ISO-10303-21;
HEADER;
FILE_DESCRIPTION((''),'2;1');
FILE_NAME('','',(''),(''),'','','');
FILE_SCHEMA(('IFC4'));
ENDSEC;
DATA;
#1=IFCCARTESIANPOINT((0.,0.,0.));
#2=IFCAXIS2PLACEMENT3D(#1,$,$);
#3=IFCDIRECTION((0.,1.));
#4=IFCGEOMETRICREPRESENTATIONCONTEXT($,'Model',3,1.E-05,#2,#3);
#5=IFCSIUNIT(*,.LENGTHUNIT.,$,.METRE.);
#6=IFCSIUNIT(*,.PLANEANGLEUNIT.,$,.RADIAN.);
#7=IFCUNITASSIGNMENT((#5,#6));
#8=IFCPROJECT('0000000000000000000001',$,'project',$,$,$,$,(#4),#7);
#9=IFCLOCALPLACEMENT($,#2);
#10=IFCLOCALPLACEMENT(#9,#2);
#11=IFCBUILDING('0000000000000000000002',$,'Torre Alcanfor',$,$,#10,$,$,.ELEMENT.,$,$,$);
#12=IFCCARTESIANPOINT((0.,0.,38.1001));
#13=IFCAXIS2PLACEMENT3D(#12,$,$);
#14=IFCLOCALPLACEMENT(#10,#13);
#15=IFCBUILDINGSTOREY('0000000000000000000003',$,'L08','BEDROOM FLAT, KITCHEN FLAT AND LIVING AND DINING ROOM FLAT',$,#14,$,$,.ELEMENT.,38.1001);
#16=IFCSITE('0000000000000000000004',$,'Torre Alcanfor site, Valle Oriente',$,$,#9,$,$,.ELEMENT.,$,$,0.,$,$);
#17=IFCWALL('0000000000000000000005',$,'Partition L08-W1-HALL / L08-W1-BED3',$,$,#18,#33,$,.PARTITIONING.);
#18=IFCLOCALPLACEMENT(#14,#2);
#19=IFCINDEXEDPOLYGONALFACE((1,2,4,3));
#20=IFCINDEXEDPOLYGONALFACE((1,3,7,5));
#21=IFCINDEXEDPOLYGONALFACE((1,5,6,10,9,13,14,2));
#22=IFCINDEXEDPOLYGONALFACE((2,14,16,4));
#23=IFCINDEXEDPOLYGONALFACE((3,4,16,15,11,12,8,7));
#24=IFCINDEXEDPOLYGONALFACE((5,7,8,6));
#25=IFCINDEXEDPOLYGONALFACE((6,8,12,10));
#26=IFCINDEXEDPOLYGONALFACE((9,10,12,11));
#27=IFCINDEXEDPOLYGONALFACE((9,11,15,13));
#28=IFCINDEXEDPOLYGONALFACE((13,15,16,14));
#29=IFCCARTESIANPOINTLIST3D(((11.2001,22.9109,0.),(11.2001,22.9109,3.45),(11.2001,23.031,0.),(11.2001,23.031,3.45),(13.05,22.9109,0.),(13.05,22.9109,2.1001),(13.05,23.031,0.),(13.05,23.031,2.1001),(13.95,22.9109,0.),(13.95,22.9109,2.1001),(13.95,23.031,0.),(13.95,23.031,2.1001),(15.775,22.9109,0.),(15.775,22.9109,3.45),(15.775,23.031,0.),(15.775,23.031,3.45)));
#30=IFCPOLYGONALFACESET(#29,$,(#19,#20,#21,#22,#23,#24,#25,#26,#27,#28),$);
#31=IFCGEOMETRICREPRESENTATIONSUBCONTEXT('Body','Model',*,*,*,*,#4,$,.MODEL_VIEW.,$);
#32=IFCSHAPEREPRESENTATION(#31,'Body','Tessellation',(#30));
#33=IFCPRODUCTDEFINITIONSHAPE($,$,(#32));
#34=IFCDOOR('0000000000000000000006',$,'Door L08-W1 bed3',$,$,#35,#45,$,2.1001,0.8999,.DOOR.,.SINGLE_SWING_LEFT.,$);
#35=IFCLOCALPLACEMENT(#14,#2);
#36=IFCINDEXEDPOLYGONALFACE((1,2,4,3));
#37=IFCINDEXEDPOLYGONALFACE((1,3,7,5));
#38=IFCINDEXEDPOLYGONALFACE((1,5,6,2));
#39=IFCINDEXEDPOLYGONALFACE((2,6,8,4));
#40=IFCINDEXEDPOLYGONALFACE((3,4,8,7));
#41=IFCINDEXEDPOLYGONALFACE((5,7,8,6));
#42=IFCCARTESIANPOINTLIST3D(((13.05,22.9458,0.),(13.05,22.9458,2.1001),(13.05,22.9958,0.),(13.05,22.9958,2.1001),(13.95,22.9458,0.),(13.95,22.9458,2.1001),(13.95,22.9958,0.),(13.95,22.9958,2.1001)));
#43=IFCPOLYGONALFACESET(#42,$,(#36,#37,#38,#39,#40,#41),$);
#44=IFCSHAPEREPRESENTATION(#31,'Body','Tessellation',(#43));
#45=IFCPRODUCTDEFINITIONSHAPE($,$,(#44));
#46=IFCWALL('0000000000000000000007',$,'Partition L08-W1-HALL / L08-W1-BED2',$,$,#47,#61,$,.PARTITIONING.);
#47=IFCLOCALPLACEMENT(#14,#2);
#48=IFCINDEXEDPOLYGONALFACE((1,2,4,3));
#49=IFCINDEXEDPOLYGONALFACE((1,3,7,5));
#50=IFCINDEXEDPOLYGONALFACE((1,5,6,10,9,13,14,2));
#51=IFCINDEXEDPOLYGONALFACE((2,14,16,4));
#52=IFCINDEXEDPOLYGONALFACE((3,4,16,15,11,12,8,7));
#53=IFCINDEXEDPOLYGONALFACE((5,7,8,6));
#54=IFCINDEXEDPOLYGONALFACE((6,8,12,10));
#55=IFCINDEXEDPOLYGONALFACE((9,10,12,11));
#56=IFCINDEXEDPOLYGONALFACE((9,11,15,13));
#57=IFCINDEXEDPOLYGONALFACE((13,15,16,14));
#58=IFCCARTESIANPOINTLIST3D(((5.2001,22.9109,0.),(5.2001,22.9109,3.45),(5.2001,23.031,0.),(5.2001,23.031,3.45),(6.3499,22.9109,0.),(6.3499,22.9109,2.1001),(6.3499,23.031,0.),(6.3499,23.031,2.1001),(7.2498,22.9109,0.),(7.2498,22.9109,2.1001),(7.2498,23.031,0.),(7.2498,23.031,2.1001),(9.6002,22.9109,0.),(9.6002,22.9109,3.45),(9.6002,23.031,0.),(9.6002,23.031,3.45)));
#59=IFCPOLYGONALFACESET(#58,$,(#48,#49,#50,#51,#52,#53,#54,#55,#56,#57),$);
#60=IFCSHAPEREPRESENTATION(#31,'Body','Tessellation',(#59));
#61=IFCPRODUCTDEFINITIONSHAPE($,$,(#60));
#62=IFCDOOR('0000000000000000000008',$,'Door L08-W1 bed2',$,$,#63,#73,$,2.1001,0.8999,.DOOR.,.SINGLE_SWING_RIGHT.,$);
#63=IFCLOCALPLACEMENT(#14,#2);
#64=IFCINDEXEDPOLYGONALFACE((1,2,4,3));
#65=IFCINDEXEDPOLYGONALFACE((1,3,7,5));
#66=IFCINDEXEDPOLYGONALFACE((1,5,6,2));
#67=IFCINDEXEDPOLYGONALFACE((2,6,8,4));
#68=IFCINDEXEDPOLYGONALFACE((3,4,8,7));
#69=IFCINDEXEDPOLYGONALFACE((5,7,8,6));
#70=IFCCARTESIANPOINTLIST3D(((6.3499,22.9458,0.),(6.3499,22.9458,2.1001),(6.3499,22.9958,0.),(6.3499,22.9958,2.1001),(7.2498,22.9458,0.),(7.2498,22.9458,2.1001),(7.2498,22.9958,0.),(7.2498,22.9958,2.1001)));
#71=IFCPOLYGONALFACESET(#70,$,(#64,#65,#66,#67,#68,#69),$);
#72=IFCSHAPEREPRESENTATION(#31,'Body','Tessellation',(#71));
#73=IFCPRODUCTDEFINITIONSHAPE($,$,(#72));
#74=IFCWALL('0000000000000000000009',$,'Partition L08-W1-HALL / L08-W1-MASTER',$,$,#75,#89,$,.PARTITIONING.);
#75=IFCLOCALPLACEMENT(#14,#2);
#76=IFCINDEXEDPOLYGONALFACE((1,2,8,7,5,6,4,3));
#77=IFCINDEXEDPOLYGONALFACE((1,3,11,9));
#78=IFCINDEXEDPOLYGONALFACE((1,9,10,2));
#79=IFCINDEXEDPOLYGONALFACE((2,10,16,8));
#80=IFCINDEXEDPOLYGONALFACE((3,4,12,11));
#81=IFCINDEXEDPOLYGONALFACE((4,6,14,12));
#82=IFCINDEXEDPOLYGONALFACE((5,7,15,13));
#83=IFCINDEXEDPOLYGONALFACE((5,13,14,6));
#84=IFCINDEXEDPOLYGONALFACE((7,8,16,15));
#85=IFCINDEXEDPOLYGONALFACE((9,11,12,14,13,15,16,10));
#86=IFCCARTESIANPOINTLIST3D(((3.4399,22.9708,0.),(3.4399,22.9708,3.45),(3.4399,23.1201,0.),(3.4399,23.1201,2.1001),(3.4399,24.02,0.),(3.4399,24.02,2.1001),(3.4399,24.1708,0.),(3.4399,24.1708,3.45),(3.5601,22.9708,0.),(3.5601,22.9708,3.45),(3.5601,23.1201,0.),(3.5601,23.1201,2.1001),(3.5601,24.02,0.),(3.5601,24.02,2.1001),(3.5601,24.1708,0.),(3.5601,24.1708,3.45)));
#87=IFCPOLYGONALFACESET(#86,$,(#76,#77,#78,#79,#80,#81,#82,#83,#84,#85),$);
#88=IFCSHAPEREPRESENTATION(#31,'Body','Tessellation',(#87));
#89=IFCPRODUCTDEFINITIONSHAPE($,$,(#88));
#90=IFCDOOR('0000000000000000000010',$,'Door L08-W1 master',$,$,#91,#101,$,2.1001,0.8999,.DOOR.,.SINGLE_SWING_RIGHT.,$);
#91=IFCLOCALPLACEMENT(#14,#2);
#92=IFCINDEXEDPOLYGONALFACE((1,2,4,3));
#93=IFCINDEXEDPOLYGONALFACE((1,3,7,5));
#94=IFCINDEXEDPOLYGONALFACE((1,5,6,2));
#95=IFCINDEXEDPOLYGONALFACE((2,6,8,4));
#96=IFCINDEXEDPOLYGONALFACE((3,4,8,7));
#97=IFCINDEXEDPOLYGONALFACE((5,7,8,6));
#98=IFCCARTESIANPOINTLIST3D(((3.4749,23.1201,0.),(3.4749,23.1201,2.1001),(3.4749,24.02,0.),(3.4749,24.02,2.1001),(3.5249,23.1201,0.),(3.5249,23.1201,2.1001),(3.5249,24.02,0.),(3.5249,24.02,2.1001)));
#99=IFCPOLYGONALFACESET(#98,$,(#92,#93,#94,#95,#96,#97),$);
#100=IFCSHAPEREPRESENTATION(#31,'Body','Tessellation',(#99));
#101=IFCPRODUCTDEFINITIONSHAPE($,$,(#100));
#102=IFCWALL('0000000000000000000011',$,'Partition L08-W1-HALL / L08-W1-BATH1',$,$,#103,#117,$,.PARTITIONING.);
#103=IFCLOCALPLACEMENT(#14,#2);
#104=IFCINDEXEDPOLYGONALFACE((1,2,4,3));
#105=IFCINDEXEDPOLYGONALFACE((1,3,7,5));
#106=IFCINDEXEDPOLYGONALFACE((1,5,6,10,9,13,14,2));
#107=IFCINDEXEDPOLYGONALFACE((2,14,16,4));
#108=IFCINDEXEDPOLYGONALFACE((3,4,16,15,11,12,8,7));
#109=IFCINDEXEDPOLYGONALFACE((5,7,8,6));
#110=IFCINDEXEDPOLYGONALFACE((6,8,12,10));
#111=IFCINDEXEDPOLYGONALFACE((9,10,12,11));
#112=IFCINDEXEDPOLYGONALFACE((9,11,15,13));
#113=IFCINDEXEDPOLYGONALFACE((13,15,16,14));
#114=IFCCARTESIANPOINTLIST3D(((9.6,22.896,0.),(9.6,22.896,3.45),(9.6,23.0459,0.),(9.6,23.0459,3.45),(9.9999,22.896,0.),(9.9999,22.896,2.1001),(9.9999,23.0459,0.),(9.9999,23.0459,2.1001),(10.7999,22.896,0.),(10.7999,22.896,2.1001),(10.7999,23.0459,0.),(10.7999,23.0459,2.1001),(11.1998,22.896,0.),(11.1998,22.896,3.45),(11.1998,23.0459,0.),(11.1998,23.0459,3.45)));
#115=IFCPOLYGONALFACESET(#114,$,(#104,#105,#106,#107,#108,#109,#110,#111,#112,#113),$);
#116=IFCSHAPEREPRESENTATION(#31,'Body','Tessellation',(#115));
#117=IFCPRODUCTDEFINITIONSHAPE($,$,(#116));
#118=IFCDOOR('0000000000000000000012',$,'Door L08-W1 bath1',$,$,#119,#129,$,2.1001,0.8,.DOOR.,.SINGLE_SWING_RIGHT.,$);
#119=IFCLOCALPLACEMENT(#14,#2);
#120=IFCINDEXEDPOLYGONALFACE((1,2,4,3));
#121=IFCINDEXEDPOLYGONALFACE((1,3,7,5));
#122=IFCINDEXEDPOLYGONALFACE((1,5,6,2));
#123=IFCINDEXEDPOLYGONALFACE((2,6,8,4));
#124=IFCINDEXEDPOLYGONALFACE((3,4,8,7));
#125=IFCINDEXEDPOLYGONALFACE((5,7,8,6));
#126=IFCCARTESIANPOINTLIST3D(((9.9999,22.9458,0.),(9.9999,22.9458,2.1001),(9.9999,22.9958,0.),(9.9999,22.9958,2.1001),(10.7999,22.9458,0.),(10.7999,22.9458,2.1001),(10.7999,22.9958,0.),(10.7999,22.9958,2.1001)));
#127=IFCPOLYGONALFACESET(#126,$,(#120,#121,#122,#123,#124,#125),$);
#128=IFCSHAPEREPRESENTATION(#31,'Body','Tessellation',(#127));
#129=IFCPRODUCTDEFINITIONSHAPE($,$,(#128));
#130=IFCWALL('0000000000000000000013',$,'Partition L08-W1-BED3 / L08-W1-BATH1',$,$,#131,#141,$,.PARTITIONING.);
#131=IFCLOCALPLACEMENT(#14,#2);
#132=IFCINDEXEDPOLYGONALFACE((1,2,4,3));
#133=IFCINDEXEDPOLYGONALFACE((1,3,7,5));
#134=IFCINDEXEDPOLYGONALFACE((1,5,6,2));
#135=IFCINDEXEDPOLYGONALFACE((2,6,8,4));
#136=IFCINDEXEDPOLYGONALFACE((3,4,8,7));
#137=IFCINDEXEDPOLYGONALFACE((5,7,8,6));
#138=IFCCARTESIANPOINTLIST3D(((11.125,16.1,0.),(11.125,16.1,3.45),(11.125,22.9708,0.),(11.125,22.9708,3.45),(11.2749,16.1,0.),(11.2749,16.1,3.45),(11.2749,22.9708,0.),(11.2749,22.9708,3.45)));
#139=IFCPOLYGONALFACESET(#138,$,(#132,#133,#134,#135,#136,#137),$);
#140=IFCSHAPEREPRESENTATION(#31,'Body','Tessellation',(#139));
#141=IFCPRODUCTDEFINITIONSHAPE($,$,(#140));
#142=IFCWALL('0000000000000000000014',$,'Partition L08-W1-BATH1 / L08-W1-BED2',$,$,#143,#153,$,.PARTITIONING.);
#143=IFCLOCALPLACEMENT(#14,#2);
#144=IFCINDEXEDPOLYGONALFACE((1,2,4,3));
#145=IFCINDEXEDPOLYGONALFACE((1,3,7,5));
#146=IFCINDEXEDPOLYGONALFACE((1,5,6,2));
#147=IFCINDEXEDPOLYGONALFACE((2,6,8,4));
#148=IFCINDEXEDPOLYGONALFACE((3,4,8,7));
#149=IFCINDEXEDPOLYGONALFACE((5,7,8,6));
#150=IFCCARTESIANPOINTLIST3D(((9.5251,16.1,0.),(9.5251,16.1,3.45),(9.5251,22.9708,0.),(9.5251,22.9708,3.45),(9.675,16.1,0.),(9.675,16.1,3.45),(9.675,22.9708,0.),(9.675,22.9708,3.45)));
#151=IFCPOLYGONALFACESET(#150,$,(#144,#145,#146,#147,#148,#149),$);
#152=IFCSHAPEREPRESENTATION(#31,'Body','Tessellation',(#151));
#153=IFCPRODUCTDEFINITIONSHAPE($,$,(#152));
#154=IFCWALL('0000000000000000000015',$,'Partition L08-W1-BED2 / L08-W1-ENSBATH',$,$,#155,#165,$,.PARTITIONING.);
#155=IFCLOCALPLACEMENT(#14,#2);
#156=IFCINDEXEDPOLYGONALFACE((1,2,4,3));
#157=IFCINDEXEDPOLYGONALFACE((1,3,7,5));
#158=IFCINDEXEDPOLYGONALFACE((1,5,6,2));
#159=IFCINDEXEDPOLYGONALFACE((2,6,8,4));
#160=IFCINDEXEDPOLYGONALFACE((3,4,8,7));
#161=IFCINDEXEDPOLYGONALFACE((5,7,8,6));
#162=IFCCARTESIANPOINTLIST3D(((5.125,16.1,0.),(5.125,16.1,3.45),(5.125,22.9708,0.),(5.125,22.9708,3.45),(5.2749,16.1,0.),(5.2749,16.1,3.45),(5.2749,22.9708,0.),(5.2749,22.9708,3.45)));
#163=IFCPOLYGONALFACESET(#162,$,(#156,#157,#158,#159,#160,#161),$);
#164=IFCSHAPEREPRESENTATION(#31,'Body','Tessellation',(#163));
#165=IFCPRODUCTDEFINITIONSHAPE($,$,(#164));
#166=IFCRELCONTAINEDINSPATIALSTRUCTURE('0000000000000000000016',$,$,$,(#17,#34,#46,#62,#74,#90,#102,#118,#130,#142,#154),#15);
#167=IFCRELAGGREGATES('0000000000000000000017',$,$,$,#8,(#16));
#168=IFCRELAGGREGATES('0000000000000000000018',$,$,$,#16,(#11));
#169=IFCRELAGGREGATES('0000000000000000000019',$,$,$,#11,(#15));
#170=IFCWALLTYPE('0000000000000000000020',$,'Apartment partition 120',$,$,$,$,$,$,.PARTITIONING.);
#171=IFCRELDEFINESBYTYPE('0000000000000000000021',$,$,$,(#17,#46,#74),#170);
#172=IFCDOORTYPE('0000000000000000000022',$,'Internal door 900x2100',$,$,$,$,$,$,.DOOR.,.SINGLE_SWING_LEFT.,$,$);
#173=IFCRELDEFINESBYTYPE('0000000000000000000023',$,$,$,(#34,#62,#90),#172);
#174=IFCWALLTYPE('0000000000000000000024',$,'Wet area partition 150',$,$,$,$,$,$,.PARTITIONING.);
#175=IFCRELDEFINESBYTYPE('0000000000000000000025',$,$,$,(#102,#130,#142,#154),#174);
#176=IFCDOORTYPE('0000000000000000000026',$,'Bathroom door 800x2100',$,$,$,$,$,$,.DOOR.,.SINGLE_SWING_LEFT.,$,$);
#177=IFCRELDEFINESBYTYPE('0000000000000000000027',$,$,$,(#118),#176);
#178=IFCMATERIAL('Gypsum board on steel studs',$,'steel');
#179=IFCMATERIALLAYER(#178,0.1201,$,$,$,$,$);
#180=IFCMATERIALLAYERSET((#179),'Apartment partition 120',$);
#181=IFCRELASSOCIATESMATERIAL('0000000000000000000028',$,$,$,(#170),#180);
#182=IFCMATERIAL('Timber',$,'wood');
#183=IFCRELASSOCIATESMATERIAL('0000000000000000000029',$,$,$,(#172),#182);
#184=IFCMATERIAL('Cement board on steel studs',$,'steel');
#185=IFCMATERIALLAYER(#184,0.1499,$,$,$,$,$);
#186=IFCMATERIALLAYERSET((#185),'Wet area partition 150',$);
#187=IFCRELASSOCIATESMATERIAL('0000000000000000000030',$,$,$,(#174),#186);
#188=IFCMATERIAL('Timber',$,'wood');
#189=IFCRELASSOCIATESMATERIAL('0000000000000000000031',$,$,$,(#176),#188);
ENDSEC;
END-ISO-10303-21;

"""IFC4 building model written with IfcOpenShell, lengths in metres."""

from ifc_helpers import new_model, si_unit, direction, frame, frame_2d, origin, place, context, subcontext, project, spatial, rectangle, extrude, material, layer, layer_set, type_object, element, fill, save


model = new_model("IFC4")

# Units and contexts
model_context = context("Model", 3, precision=1e-05, world=origin(), true_north=direction((0.0, 1.0)))
body_context = subcontext(model_context, "Body", "Model", "MODEL_VIEW")
ifc_project = project(units=[si_unit("LENGTHUNIT", "METRE"), si_unit("PLANEANGLEUNIT", "RADIAN")], contexts=[model_context])

# Site, building, storey
site_placement = place(None, origin())
site = spatial("IfcSite", under=ifc_project, at=site_placement, Name="Torre Alcanfor site, Valle Oriente", CompositionType="ELEMENT", RefElevation=0.0)
building_placement = place(site_placement, origin())
building = spatial("IfcBuilding", under=site, at=building_placement, Name="Torre Alcanfor", CompositionType="ELEMENT")
storey_placement = place(building_placement, frame((0.0, 0.0, 38.1001)))
storey = spatial("IfcBuildingStorey", under=building, at=storey_placement, Name="L08", Description="BEDROOM FLAT, KITCHEN FLAT AND LIVING AND DINING ROOM FLAT", CompositionType="ELEMENT", Elevation=38.1001)

# Shared definitions
ifc_material_1 = material(Name="Gypsum board on steel studs", Category="steel")
ifc_layer_1 = layer(ifc_material_1, 0.1201)
ifc_layer_set_1 = layer_set([ifc_layer_1], Name="Apartment partition 120")
wall_type_1 = type_object("IfcWallType", Name="Apartment partition 120", PredefinedType="PARTITIONING", material=ifc_layer_set_1)

# Walls, openings, doors
wall_1_placement = place(storey_placement, frame((11.2, 22.9709, 0.0), z_axis=(0.0, 0.0, 1.0), x_axis=(1.0, 0.0, 0.0)))
wall_1 = element("IfcWall", 1, at=wall_1_placement, inside=storey, type_object=wall_type_1, Name="Partition L08-W1-HALL / L08-W1-BED3", PredefinedType="PARTITIONING", context=body_context, shape_type="SweptSolid", body=[
    extrude(rectangle(XDim=4.575, YDim=0.1201, at=frame_2d((2.2876, 0.0))), origin(), (0.0, 0.0, 1.0), 3.45),
])
opening_1_placement = place(wall_1_placement, frame((1.8501, 0.0, 0.0)))
opening_1 = element("IfcOpeningElement", 2, at=opening_1_placement, cuts=wall_1, PredefinedType="OPENING", context=body_context, shape_type="SweptSolid", body=[
    extrude(rectangle(XDim=0.8999, YDim=2.1001, at=frame_2d((0.45, 1.05))), frame((0.0, 0.0701, 0.0), z_axis=(0.0, -1.0, 0.0), x_axis=(1.0, 0.0, 0.0)), (0.0, 0.0, 1.0), 0.1401),
])
ifc_material_2 = material(Name="Timber", Category="wood")
door_type_1 = type_object("IfcDoorType", Name="Internal door 900x2100", OperationType="SINGLE_SWING_LEFT", PredefinedType="DOOR", material=ifc_material_2)
door_1_placement = place(opening_1_placement, frame((0.8999, 0.0, 0.0), z_axis=(0.0, 0.0, 1.0), x_axis=(-1.0, 0.0, 0.0)))
door_1 = element("IfcDoor", 3, at=door_1_placement, inside=storey, type_object=door_type_1, Name="Door L08-W1 bed3", OperationType="SINGLE_SWING_LEFT", OverallHeight=2.1001, OverallWidth=0.8999, PredefinedType="DOOR", context=body_context, shape_type="SweptSolid", body=[
    extrude(rectangle(XDim=0.8999, YDim=2.1001, at=frame_2d((0.45, 1.05))), frame((0.0, 0.0251, 0.0), z_axis=(0.0, -1.0, 0.0), x_axis=(1.0, 0.0, 0.0)), (0.0, 0.0, 1.0), 0.05),
])
fill(opening_1, door_1)
wall_2_placement = place(storey_placement, frame((5.2, 22.9709, 0.0), z_axis=(0.0, 0.0, 1.0), x_axis=(1.0, 0.0, 0.0)))
wall_2 = element("IfcWall", 4, at=wall_2_placement, inside=storey, type_object=wall_type_1, Name="Partition L08-W1-HALL / L08-W1-BED2", PredefinedType="PARTITIONING", context=body_context, shape_type="SweptSolid", body=[
    extrude(rectangle(XDim=4.4001, YDim=0.1201, at=frame_2d((2.2002, 0.0))), origin(), (0.0, 0.0, 1.0), 3.45),
])
opening_2_placement = place(wall_2_placement, frame((1.1499, 0.0, 0.0)))
opening_2 = element("IfcOpeningElement", 5, at=opening_2_placement, cuts=wall_2, PredefinedType="OPENING", context=body_context, shape_type="SweptSolid", body=[
    extrude(rectangle(XDim=0.8999, YDim=2.1001, at=frame_2d((0.45, 1.05))), frame((0.0, 0.0701, 0.0), z_axis=(0.0, -1.0, 0.0), x_axis=(1.0, 0.0, 0.0)), (0.0, 0.0, 1.0), 0.1401),
])
door_2_placement = place(opening_2_placement, frame((0.8999, 0.0, 0.0), z_axis=(0.0, 0.0, 1.0), x_axis=(-1.0, 0.0, 0.0)))
door_2 = element("IfcDoor", 6, at=door_2_placement, inside=storey, type_object=door_type_1, Name="Door L08-W1 bed2", OperationType="SINGLE_SWING_RIGHT", OverallHeight=2.1001, OverallWidth=0.8999, PredefinedType="DOOR", context=body_context, shape_type="SweptSolid", body=[
    extrude(rectangle(XDim=0.8999, YDim=2.1001, at=frame_2d((0.45, 1.05))), frame((0.0, 0.0251, 0.0), z_axis=(0.0, -1.0, 0.0), x_axis=(1.0, 0.0, 0.0)), (0.0, 0.0, 1.0), 0.05),
])
fill(opening_2, door_2)
wall_3_placement = place(storey_placement, frame((3.5, 24.1709, 0.0), z_axis=(0.0, 0.0, 1.0), x_axis=(0.0, -1.0, 0.0)))
wall_3 = element("IfcWall", 7, at=wall_3_placement, inside=storey, type_object=wall_type_1, Name="Partition L08-W1-HALL / L08-W1-MASTER", PredefinedType="PARTITIONING", context=body_context, shape_type="SweptSolid", body=[
    extrude(rectangle(XDim=1.2, YDim=0.1201, at=frame_2d((0.6001, 0.0))), origin(), (0.0, 0.0, 1.0), 3.45),
])
opening_3_placement = place(wall_3_placement, frame((0.1509, 0.0, 0.0)))
opening_3 = element("IfcOpeningElement", 8, at=opening_3_placement, cuts=wall_3, PredefinedType="OPENING", context=body_context, shape_type="SweptSolid", body=[
    extrude(rectangle(XDim=0.8999, YDim=2.1001, at=frame_2d((0.45, 1.05))), frame((0.0, 0.0701, 0.0), z_axis=(0.0, -1.0, 0.0), x_axis=(1.0, 0.0, 0.0)), (0.0, 0.0, 1.0), 0.1401),
])
door_3_placement = place(opening_3_placement, frame((0.8999, 0.0, 0.0), z_axis=(0.0, 0.0, 1.0), x_axis=(-1.0, 0.0, 0.0)))
door_3 = element("IfcDoor", 9, at=door_3_placement, inside=storey, type_object=door_type_1, Name="Door L08-W1 master", OperationType="SINGLE_SWING_RIGHT", OverallHeight=2.1001, OverallWidth=0.8999, PredefinedType="DOOR", context=body_context, shape_type="SweptSolid", body=[
    extrude(rectangle(XDim=0.8999, YDim=2.1001, at=frame_2d((0.45, 1.05))), frame((0.0, 0.0251, 0.0), z_axis=(0.0, -1.0, 0.0), x_axis=(1.0, 0.0, 0.0)), (0.0, 0.0, 1.0), 0.05),
])
fill(opening_3, door_3)
ifc_material_3 = material(Name="Cement board on steel studs", Category="steel")
ifc_layer_2 = layer(ifc_material_3, 0.1499)
ifc_layer_set_2 = layer_set([ifc_layer_2], Name="Wet area partition 150")
wall_type_2 = type_object("IfcWallType", Name="Wet area partition 150", PredefinedType="PARTITIONING", material=ifc_layer_set_2)
wall_4_placement = place(storey_placement, frame((9.6001, 22.9709, 0.0), z_axis=(0.0, 0.0, 1.0), x_axis=(1.0, 0.0, 0.0)))
wall_4 = element("IfcWall", 10, at=wall_4_placement, inside=storey, type_object=wall_type_2, Name="Partition L08-W1-HALL / L08-W1-BATH1", PredefinedType="PARTITIONING", context=body_context, shape_type="SweptSolid", body=[
    extrude(rectangle(XDim=1.5999, YDim=0.1499, at=frame_2d((0.7998, 0.0))), origin(), (0.0, 0.0, 1.0), 3.45),
])
opening_4_placement = place(wall_4_placement, frame((0.3999, 0.0, 0.0)))
opening_4 = element("IfcOpeningElement", 11, at=opening_4_placement, cuts=wall_4, PredefinedType="OPENING", context=body_context, shape_type="SweptSolid", body=[
    extrude(rectangle(XDim=0.8, YDim=2.1001, at=frame_2d((0.3999, 1.05))), frame((0.0, 0.085, 0.0), z_axis=(0.0, -1.0, 0.0), x_axis=(1.0, 0.0, 0.0)), (0.0, 0.0, 1.0), 0.1699),
])
ifc_material_4 = material(Name="Timber", Category="wood")
door_type_2 = type_object("IfcDoorType", Name="Bathroom door 800x2100", OperationType="SINGLE_SWING_LEFT", PredefinedType="DOOR", material=ifc_material_4)
door_4_placement = place(opening_4_placement, frame((0.8, 0.0, 0.0), z_axis=(0.0, 0.0, 1.0), x_axis=(-1.0, 0.0, 0.0)))
door_4 = element("IfcDoor", 12, at=door_4_placement, inside=storey, type_object=door_type_2, Name="Door L08-W1 bath1", OperationType="SINGLE_SWING_RIGHT", OverallHeight=2.1001, OverallWidth=0.8, PredefinedType="DOOR", context=body_context, shape_type="SweptSolid", body=[
    extrude(rectangle(XDim=0.8, YDim=2.1001, at=frame_2d((0.4001, 1.05))), frame((0.0, 0.0251, 0.0), z_axis=(0.0, -1.0, 0.0), x_axis=(1.0, 0.0, 0.0)), (0.0, 0.0, 1.0), 0.05),
])
fill(opening_4, door_4)

# Walls
for number, where, z_axis, x_axis, name in (
    (13, (11.2, 22.9709, 0.0), (0.0, 0.0, 1.0), (0.0, -1.0, 0.0), "Partition L08-W1-BED3 / L08-W1-BATH1"),
    (14, (9.6001, 22.9709, 0.0), (0.0, 0.0, 1.0), (0.0, -1.0, 0.0), "Partition L08-W1-BATH1 / L08-W1-BED2"),
    (15, (5.2, 22.9709, 0.0), (0.0, 0.0, 1.0), (0.0, -1.0, 0.0), "Partition L08-W1-BED2 / L08-W1-ENSBATH"),
):
    element("IfcWall", number, at=place(storey_placement, frame(where, z_axis=z_axis, x_axis=x_axis)), inside=storey, type_object=wall_type_2, Name=name, PredefinedType="PARTITIONING", context=body_context, shape_type="SweptSolid", body=[
        extrude(rectangle(XDim=6.8708, YDim=0.1499, at=frame_2d((3.4355, 0.0))), origin(), (0.0, 0.0, 1.0), 3.45),
    ])

save(model, "model.ifc")
